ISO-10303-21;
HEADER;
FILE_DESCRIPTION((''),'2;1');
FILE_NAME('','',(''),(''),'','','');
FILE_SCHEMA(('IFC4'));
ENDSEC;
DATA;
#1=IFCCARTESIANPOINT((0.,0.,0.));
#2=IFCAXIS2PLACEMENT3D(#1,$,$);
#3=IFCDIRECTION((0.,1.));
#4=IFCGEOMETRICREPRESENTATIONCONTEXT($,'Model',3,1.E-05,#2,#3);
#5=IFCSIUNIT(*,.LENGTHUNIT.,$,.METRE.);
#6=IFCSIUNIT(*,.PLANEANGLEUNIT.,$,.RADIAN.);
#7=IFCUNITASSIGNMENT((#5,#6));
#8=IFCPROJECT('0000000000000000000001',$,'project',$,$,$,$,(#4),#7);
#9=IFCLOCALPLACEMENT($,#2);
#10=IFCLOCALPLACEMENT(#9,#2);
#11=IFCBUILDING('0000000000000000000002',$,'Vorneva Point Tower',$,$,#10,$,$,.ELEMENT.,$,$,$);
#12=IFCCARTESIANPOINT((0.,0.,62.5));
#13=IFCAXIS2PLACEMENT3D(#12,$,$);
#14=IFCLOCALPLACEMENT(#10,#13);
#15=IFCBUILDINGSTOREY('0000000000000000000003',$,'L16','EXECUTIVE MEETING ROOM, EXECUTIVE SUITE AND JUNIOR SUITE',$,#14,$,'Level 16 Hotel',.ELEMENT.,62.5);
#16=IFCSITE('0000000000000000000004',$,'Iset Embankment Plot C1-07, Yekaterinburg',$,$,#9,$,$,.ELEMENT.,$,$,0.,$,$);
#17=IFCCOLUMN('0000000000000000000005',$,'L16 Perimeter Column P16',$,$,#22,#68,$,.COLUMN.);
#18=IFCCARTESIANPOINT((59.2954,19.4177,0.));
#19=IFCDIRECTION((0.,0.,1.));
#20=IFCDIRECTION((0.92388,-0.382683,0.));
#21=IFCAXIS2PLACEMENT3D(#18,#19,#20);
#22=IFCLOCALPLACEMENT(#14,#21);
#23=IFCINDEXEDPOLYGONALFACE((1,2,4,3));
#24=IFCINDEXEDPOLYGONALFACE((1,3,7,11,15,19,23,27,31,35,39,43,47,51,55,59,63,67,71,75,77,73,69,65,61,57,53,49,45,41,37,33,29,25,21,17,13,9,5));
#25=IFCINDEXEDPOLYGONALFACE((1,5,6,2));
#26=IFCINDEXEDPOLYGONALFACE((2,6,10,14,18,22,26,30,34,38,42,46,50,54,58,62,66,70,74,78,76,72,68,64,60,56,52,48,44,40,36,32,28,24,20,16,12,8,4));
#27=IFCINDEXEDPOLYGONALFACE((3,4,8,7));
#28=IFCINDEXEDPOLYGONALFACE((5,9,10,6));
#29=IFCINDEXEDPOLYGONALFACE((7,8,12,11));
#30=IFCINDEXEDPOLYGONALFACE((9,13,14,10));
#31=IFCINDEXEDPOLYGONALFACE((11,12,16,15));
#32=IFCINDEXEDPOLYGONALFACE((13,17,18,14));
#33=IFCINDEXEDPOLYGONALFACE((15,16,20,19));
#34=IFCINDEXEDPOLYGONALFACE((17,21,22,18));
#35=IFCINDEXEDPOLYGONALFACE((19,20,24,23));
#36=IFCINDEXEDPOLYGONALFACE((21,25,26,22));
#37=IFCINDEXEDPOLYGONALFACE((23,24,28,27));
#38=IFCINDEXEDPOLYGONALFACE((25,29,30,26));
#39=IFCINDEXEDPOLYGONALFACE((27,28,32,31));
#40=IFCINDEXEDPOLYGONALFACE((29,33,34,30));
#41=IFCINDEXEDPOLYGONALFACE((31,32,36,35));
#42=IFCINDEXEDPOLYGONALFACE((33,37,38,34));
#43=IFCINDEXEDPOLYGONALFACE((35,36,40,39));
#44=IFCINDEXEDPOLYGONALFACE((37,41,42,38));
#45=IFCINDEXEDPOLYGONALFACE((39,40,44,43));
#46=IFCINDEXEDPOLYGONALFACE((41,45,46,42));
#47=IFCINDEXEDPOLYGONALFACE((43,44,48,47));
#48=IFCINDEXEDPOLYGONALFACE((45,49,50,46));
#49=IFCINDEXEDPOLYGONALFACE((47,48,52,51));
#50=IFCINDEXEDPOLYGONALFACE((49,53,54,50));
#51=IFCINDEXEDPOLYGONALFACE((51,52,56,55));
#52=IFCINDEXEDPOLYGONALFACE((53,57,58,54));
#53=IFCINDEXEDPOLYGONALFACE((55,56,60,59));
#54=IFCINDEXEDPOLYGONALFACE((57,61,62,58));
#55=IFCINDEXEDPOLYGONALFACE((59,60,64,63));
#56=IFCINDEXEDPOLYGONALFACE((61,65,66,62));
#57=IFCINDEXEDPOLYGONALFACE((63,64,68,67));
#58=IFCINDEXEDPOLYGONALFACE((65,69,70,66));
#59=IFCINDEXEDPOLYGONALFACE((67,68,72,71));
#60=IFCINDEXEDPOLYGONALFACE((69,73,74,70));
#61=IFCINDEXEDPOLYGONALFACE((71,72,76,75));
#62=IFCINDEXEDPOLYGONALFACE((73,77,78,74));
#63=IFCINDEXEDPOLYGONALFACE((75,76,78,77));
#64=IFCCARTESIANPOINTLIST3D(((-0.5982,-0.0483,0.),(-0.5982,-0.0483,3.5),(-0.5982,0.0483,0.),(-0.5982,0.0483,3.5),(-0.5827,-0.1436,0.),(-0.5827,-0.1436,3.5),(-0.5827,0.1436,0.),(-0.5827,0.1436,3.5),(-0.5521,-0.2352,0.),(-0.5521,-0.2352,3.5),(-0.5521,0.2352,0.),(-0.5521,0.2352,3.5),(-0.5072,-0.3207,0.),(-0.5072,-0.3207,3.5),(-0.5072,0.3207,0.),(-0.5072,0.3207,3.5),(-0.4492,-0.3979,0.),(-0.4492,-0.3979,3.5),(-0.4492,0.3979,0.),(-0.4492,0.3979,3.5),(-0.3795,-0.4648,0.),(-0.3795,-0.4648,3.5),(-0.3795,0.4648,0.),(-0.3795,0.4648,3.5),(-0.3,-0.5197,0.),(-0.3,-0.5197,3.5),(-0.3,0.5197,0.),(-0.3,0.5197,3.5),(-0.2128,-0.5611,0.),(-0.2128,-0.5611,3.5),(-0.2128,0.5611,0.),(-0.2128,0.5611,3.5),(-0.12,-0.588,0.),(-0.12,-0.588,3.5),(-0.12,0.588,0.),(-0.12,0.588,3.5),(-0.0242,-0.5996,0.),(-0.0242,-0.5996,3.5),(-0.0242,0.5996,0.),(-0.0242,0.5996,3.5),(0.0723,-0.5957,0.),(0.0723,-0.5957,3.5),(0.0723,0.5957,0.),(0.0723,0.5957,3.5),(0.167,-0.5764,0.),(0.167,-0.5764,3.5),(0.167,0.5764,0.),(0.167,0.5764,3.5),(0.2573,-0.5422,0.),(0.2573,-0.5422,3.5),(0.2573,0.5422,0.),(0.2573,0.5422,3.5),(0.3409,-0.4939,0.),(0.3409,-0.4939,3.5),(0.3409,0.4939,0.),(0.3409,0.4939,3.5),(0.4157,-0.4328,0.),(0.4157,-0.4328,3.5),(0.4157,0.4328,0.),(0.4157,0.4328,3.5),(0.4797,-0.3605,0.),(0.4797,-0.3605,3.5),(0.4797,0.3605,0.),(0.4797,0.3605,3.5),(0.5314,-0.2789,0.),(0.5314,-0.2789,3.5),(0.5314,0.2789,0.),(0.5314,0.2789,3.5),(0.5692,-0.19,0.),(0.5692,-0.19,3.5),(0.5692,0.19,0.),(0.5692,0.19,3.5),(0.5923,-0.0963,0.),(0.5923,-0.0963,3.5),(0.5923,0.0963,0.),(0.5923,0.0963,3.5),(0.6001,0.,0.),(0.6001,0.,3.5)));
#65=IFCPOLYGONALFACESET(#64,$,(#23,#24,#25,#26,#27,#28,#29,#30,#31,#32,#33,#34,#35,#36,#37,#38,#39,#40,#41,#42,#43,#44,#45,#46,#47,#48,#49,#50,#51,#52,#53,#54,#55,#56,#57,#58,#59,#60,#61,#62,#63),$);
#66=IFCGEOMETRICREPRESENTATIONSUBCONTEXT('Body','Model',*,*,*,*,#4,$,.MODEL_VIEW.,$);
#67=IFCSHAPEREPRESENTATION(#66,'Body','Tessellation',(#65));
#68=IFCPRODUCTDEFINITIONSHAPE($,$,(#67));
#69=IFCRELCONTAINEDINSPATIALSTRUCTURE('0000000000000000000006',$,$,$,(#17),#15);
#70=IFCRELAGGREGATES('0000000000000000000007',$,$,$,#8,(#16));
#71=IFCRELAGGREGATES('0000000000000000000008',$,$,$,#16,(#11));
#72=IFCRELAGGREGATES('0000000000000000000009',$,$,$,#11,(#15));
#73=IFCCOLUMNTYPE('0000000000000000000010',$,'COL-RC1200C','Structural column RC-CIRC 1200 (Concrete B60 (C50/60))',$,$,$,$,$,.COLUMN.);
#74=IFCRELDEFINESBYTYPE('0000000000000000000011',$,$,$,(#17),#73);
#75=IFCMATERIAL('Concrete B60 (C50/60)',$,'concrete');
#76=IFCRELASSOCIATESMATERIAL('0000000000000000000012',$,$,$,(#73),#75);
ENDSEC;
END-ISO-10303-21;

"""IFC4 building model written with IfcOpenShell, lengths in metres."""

from ifc_helpers import new_model, si_unit, direction, frame, origin, origin_2d, place, context, subcontext, project, spatial, circle, extrude, material, material_profile, profile_set, type_object, element, save


model = new_model("IFC4")

# Units and contexts
model_context = context("Model", 3, precision=1e-05, world=origin(), true_north=direction((0.0, 1.0)))
body_context = subcontext(model_context, "Body", "Model", "MODEL_VIEW")
ifc_project = project(units=[si_unit("LENGTHUNIT", "METRE"), si_unit("PLANEANGLEUNIT", "RADIAN")], contexts=[model_context])

# Site, building, storey
site_placement = place(None, origin())
site = spatial("IfcSite", under=ifc_project, at=site_placement, Name="Iset Embankment Plot C1-07, Yekaterinburg", CompositionType="ELEMENT", RefElevation=0.0)
building_placement = place(site_placement, origin())
building = spatial("IfcBuilding", under=site, at=building_placement, Name="Vorneva Point Tower", CompositionType="ELEMENT")
storey_placement = place(building_placement, frame((0.0, 0.0, 62.5)))
storey = spatial("IfcBuildingStorey", under=building, at=storey_placement, Name="L16", Description="EXECUTIVE MEETING ROOM, EXECUTIVE SUITE AND JUNIOR SUITE", LongName="Level 16 Hotel", CompositionType="ELEMENT", Elevation=62.5)

# Column
ifc_material_1 = material(Name="Concrete B60 (C50/60)", Category="concrete")
ifc_material_profile_1 = material_profile(ifc_material_1, circle(Radius=0.6001, at=origin_2d()), Name="RC-CIRC 1200")
ifc_profile_set_1 = profile_set([ifc_material_profile_1], Name="Concrete B60 (C50/60)")
column_type = type_object("IfcColumnType", Name="COL-RC1200C", Description="Structural column RC-CIRC 1200 (Concrete B60 (C50/60))", PredefinedType="COLUMN", material=ifc_profile_set_1)
for number, where, z_axis, x_axis, name in (
    (1, (59.2954, 19.4177, 0.0), (0.0, 0.0, 1.0), (0.92388, -0.382683, 0.0), "L16 Perimeter Column P16"),
):
    element("IfcColumn", number, at=place(storey_placement, frame(where, z_axis=z_axis, x_axis=x_axis)), inside=storey, type_object=column_type, Name=name, PredefinedType="COLUMN", context=body_context, shape_type="SweptSolid", body=[
        extrude(circle(Radius=0.6001, at=origin_2d()), origin(), (0.0, 0.0, 1.0), 3.5),
    ])

save(model, "model.ifc")
